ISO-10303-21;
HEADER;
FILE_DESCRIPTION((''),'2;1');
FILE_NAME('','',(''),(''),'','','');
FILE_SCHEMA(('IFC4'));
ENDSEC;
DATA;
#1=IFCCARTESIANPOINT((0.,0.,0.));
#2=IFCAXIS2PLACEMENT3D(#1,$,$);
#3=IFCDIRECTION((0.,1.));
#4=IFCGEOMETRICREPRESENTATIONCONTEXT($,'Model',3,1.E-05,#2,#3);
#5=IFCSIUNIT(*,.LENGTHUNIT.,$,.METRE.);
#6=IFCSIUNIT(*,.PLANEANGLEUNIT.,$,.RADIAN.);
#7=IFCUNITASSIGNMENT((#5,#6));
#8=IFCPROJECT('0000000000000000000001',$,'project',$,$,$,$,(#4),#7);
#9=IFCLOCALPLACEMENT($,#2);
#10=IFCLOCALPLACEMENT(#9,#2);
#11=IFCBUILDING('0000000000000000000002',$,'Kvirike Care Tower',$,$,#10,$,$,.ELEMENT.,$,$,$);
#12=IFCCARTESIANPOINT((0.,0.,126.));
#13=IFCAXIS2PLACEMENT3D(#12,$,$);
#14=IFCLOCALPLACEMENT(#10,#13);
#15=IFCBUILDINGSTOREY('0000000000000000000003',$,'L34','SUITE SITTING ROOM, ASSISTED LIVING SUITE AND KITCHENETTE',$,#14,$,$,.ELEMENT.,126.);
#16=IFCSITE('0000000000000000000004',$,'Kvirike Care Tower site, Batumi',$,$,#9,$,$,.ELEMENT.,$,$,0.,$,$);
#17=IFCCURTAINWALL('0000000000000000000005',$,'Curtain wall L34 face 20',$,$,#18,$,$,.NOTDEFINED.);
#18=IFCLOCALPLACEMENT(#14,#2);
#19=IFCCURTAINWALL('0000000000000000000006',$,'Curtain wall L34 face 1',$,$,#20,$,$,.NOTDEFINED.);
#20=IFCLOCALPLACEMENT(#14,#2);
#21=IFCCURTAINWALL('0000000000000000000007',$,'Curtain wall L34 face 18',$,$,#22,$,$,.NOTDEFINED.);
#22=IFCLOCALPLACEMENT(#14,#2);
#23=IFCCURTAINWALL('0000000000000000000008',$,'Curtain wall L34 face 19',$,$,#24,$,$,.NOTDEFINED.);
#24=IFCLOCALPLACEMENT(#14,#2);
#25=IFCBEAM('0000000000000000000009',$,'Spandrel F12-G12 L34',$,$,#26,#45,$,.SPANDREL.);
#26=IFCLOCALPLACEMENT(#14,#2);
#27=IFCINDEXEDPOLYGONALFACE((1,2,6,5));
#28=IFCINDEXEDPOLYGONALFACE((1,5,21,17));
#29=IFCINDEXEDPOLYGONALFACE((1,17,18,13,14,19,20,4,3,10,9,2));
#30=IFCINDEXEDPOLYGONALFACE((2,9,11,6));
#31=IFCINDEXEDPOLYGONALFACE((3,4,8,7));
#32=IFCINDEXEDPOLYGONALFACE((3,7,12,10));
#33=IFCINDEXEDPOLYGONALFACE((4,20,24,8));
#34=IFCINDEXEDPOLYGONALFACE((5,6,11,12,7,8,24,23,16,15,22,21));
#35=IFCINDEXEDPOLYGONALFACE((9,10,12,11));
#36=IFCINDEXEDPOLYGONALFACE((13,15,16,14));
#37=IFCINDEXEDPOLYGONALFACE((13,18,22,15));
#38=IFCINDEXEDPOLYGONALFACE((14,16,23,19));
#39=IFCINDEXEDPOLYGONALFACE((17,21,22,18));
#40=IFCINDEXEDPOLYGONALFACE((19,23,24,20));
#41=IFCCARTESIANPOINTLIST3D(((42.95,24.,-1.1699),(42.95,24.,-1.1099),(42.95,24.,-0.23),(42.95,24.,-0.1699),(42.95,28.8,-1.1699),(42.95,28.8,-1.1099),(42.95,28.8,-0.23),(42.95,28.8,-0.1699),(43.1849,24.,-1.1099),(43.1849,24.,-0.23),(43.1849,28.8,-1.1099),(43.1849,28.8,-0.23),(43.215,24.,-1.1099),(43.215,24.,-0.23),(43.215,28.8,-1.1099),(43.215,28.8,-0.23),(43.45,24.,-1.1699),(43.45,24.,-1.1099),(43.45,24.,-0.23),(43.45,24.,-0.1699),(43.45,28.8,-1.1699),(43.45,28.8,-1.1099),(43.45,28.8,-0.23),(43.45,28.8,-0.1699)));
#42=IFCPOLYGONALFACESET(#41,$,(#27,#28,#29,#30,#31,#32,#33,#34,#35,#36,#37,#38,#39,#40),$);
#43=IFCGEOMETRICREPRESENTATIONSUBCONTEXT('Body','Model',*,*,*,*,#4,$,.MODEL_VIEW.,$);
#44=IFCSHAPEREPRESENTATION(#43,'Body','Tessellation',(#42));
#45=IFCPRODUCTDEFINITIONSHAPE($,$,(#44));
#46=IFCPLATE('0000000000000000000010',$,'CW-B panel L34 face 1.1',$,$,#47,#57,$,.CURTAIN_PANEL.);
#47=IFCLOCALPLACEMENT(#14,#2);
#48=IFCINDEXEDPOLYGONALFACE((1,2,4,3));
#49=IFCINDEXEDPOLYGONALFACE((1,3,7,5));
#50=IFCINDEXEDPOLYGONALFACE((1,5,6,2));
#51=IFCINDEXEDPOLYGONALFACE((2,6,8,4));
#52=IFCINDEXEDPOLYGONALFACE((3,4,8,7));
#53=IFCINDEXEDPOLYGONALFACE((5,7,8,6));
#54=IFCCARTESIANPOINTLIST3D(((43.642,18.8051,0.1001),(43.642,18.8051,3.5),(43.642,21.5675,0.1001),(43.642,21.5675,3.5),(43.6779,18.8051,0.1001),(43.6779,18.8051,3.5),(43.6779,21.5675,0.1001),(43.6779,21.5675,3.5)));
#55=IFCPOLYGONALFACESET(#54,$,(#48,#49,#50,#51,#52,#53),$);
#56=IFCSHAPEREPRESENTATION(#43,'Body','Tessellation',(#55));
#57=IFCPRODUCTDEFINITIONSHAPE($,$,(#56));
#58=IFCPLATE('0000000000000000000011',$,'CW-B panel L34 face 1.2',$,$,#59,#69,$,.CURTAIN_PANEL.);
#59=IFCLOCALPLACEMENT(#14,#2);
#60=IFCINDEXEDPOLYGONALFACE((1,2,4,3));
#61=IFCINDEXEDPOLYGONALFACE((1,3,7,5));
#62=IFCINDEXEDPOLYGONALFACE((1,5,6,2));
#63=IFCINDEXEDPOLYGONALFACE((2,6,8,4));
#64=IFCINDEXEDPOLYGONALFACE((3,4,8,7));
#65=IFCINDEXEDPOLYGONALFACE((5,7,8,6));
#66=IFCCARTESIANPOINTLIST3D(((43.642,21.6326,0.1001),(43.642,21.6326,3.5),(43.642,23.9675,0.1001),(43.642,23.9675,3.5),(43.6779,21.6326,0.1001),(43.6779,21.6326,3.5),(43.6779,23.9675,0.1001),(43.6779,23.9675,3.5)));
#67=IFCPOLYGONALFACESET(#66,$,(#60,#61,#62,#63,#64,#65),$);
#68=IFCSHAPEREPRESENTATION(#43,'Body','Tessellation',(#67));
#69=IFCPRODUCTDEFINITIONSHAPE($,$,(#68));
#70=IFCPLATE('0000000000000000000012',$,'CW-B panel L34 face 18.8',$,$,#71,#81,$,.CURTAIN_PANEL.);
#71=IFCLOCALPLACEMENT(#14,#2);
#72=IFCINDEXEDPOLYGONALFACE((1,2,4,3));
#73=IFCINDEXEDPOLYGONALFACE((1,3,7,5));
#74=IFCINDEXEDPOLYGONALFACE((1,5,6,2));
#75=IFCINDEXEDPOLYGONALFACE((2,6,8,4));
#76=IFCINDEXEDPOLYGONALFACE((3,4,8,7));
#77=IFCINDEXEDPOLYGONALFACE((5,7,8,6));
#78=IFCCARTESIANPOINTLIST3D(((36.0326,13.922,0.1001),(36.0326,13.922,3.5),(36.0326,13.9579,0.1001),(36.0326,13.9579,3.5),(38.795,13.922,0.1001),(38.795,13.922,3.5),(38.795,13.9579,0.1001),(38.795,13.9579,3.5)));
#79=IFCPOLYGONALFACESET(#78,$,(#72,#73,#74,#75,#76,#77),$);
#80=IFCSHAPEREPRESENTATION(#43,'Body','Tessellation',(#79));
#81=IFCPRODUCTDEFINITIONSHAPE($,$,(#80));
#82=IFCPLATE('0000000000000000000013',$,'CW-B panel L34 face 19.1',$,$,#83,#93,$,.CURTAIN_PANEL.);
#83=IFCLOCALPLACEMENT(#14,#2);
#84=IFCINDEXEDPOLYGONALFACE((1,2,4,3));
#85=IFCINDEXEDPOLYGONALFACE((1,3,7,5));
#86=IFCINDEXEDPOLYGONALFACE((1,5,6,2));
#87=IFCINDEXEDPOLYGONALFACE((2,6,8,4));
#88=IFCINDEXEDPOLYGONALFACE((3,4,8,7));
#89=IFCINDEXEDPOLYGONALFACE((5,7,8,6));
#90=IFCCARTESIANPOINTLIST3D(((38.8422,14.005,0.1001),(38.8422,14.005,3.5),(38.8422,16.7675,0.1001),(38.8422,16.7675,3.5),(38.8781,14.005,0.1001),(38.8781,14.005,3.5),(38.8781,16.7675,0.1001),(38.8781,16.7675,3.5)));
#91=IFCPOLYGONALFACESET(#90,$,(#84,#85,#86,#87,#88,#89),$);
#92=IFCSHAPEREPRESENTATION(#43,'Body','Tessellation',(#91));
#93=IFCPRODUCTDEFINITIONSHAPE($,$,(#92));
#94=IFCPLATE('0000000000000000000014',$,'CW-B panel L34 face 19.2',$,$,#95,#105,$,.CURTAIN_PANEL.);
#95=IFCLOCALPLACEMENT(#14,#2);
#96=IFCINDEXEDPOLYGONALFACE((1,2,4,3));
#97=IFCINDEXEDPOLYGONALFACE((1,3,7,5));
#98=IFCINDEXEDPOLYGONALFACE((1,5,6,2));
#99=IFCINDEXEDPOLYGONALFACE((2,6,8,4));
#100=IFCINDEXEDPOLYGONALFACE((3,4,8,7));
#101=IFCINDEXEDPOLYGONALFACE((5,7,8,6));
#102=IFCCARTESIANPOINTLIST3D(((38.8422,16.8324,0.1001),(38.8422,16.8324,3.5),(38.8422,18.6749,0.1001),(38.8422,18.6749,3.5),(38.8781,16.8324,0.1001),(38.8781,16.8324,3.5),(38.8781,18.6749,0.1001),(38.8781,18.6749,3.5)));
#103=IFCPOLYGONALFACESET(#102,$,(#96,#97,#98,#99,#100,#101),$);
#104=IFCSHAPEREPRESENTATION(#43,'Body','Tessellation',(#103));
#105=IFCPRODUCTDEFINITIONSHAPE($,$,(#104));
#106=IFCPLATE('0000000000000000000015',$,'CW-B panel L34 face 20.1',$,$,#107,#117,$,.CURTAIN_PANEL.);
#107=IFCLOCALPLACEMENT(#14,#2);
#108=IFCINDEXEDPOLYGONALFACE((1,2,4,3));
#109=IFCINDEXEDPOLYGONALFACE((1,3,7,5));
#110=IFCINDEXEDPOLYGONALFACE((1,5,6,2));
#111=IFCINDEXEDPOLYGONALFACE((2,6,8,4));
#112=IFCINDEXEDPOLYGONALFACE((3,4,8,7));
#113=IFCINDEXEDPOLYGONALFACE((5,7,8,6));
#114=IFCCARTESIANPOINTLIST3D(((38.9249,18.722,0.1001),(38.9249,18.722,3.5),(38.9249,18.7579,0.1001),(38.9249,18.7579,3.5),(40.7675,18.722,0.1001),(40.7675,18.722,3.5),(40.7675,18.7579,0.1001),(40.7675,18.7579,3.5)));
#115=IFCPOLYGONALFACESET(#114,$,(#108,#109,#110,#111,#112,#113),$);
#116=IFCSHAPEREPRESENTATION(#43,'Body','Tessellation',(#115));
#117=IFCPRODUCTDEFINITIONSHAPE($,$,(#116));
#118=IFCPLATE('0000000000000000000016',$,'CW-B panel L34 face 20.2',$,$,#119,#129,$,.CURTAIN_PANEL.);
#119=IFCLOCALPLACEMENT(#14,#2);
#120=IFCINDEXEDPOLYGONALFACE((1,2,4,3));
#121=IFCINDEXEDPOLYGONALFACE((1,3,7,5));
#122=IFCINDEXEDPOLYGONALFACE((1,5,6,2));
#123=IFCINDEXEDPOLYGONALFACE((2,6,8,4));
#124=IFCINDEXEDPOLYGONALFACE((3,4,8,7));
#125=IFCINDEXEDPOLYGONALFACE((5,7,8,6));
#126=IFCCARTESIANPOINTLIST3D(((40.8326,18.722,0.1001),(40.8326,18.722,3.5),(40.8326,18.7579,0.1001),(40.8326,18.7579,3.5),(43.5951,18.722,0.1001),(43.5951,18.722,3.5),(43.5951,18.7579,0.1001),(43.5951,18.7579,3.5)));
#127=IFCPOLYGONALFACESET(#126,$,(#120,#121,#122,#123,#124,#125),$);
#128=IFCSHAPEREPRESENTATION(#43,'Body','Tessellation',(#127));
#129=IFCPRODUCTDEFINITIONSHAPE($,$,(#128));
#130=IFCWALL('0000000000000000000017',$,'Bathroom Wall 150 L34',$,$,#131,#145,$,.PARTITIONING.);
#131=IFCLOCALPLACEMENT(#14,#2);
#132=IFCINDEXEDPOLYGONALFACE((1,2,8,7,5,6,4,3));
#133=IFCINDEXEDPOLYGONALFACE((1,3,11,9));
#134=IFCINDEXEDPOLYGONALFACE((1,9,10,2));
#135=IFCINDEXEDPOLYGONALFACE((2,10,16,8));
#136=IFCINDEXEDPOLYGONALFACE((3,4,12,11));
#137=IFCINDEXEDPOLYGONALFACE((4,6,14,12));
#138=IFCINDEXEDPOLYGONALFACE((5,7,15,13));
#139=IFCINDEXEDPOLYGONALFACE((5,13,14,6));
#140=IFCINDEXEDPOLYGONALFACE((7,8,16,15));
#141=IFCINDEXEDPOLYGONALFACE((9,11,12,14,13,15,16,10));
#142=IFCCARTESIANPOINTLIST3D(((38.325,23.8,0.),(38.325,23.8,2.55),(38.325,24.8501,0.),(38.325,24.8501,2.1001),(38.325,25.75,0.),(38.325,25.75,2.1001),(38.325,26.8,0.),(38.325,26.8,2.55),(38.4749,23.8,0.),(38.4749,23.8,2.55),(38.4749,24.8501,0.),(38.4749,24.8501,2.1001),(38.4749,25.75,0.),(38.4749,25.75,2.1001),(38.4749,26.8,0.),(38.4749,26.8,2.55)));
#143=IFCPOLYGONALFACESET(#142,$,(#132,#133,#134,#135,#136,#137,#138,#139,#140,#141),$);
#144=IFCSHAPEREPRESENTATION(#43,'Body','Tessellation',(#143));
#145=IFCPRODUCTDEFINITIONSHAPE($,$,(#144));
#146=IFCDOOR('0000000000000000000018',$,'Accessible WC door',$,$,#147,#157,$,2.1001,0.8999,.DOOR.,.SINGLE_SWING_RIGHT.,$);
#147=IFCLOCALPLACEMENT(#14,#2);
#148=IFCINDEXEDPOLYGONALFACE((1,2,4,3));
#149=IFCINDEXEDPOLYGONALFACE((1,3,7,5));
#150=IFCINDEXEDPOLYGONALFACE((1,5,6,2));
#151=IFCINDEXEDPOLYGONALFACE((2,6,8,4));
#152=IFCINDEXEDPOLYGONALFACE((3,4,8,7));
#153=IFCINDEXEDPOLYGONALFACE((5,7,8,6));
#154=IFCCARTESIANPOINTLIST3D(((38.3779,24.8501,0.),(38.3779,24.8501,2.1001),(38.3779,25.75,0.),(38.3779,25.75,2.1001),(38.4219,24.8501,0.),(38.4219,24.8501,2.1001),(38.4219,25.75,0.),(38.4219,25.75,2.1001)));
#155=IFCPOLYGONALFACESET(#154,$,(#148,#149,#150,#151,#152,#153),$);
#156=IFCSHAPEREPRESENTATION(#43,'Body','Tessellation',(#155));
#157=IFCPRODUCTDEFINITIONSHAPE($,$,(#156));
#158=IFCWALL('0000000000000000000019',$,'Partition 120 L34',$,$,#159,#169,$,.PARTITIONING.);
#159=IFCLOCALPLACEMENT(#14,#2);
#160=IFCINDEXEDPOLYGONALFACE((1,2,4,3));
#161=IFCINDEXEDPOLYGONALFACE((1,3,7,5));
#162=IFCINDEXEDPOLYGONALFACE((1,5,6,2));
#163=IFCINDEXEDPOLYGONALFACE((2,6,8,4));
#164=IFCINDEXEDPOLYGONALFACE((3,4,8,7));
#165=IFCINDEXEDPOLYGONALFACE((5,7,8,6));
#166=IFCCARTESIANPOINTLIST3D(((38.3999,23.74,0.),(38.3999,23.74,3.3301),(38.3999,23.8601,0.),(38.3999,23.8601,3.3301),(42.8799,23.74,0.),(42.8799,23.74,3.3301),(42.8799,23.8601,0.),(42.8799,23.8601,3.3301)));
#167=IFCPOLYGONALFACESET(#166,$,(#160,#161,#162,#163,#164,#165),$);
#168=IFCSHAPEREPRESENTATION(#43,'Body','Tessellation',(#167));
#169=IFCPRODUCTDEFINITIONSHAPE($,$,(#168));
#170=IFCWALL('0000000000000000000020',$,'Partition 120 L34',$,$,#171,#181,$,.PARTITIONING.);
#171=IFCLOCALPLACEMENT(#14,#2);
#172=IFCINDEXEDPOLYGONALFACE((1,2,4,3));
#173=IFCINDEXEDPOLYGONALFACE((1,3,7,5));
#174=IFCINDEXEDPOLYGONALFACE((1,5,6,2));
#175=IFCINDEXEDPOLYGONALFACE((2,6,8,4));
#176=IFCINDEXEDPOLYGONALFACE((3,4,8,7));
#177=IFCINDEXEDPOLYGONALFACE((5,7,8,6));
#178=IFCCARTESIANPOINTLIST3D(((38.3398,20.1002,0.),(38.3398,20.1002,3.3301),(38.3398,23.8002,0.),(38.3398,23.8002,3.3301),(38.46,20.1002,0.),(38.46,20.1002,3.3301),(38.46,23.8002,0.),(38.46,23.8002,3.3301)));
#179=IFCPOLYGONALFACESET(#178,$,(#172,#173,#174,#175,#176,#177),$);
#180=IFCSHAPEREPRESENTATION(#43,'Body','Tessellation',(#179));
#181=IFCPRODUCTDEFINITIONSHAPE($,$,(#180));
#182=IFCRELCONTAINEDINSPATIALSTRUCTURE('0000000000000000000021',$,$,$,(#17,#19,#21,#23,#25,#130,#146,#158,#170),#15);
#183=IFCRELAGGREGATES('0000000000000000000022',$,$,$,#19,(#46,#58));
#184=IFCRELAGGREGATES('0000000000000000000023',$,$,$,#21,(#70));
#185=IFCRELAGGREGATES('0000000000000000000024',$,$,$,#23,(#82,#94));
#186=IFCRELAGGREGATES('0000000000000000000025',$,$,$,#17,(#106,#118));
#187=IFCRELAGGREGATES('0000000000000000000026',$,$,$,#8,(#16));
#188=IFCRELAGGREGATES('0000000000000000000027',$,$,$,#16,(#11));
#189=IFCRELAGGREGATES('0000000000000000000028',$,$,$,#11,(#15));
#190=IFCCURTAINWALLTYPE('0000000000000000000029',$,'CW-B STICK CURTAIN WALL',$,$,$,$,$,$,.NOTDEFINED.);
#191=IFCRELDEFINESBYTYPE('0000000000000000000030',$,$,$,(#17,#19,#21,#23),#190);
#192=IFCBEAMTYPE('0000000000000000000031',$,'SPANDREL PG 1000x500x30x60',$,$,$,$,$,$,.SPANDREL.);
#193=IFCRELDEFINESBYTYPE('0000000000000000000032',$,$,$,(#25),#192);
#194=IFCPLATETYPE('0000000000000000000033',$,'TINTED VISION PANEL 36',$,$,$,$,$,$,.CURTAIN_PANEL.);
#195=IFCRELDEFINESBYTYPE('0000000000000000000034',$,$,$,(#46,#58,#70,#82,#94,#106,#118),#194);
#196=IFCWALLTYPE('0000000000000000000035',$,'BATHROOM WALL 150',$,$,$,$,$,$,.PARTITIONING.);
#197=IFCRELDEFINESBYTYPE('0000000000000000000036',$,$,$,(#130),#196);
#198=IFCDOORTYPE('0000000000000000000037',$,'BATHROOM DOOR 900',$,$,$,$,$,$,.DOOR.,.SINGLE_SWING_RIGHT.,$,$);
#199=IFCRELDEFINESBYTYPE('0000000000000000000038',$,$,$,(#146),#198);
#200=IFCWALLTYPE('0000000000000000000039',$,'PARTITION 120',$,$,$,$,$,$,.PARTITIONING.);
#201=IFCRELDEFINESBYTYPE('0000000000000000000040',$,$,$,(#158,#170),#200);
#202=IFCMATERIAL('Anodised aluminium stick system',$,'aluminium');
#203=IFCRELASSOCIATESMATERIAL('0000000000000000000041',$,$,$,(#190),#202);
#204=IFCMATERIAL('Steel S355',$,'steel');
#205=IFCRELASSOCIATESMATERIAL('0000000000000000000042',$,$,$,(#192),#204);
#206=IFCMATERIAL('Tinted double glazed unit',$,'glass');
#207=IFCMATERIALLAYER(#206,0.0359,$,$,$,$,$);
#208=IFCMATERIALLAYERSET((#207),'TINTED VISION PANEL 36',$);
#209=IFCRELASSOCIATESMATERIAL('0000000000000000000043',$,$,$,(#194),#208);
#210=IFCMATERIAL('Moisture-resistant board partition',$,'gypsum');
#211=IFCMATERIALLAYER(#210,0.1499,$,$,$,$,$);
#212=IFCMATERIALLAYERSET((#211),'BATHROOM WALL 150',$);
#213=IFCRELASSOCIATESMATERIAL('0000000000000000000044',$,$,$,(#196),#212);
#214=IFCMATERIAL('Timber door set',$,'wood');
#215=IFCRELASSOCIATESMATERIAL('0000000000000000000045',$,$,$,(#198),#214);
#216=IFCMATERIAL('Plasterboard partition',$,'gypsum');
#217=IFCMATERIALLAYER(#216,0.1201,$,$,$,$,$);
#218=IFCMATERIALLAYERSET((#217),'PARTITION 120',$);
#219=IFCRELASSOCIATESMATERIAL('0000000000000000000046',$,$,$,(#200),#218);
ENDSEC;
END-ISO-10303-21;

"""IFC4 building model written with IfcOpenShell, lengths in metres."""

from ifc_helpers import new_model, si_unit, direction, frame, frame_2d, origin, origin_2d, place, context, subcontext, project, spatial, rectangle, i_section, extrude, material, layer, layer_set, material_profile, profile_set, type_object, element, fill, aggregate, save


model = new_model("IFC4")

# Units and contexts
model_context = context("Model", 3, precision=1e-05, world=origin(), true_north=direction((0.0, 1.0)))
body_context = subcontext(model_context, "Body", "Model", "MODEL_VIEW")
ifc_project = project(units=[si_unit("LENGTHUNIT", "METRE"), si_unit("PLANEANGLEUNIT", "RADIAN")], contexts=[model_context])

# Site, building, storey
site_placement = place(None, origin())
site = spatial("IfcSite", under=ifc_project, at=site_placement, Name="Kvirike Care Tower site, Batumi", CompositionType="ELEMENT", RefElevation=0.0)
building_placement = place(site_placement, origin())
building = spatial("IfcBuilding", under=site, at=building_placement, Name="Kvirike Care Tower", CompositionType="ELEMENT")
storey_placement = place(building_placement, frame((0.0, 0.0, 126.0)))
storey = spatial("IfcBuildingStorey", under=building, at=storey_placement, Name="L34", Description="SUITE SITTING ROOM, ASSISTED LIVING SUITE AND KITCHENETTE", CompositionType="ELEMENT", Elevation=126.0)

# Curtain wall
ifc_material_1 = material(Name="Anodised aluminium stick system", Category="aluminium")
curtain_wall_type = type_object("IfcCurtainWallType", Name="CW-B STICK CURTAIN WALL", PredefinedType="NOTDEFINED", material=ifc_material_1)
curtain_wall_1_placement = place(storey_placement, origin())
curtain_wall_1 = element("IfcCurtainWall", 1, at=curtain_wall_1_placement, inside=storey, type_object=curtain_wall_type, Name="Curtain wall L34 face 20", PredefinedType="NOTDEFINED")

# Curtain walls
curtain_wall_2_placement = place(storey_placement, origin())
curtain_wall_2 = element("IfcCurtainWall", 2, at=curtain_wall_2_placement, inside=storey, type_object=curtain_wall_type, Name="Curtain wall L34 face 1", PredefinedType="NOTDEFINED")
curtain_wall_3_placement = place(storey_placement, origin())
curtain_wall_3 = element("IfcCurtainWall", 3, at=curtain_wall_3_placement, inside=storey, type_object=curtain_wall_type, Name="Curtain wall L34 face 18", PredefinedType="NOTDEFINED")
curtain_wall_4_placement = place(storey_placement, origin())
curtain_wall_4 = element("IfcCurtainWall", 4, at=curtain_wall_4_placement, inside=storey, type_object=curtain_wall_type, Name="Curtain wall L34 face 19", PredefinedType="NOTDEFINED")

# Beam
ifc_material_2 = material(Name="Steel S355", Category="steel")
ifc_material_profile_1 = material_profile(ifc_material_2, i_section(OverallWidth=0.5, OverallDepth=1.0, WebThickness=0.03, FlangeThickness=0.0601, at=origin_2d()), Name="PG 1000x500x30x60")
ifc_profile_set_1 = profile_set([ifc_material_profile_1], Name="Steel S355")
beam_type = type_object("IfcBeamType", Name="SPANDREL PG 1000x500x30x60", PredefinedType="SPANDREL", material=ifc_profile_set_1)
for number, where, z_axis, x_axis, name in (
    (5, (43.2, 24.0, -0.6699), (0.0, 1.0, 0.0), (-1.0, 0.0, 0.0), "Spandrel F12-G12 L34"),
):
    element("IfcBeam", number, at=place(storey_placement, frame(where, z_axis=z_axis, x_axis=x_axis)), inside=storey, type_object=beam_type, Name=name, PredefinedType="SPANDREL", context=body_context, shape_type="SweptSolid", body=[
        extrude(i_section(OverallWidth=0.5, OverallDepth=1.0, WebThickness=0.03, FlangeThickness=0.0601, at=origin_2d()), origin(), (0.0, 0.0, 1.0), 4.8),
    ])

# Plates
ifc_material_3 = material(Name="Tinted double glazed unit", Category="glass")
ifc_layer_1 = layer(ifc_material_3, 0.0359)
ifc_layer_set_1 = layer_set([ifc_layer_1], Name="TINTED VISION PANEL 36")
plate_type = type_object("IfcPlateType", Name="TINTED VISION PANEL 36", PredefinedType="CURTAIN_PANEL", material=ifc_layer_set_1)
plate_1_placement = place(storey_placement, frame((43.6599, 20.1863, 0.1001), z_axis=(0.0, 0.0, 1.0), x_axis=(0.0, 1.0, 0.0)))
plate_1 = element("IfcPlate", 6, at=plate_1_placement, type_object=plate_type, Name="CW-B panel L34 face 1.1", PredefinedType="CURTAIN_PANEL", context=body_context, shape_type="SweptSolid", body=[
    extrude(rectangle(XDim=2.7625, YDim=0.0359, at=origin_2d()), origin(), (0.0, 0.0, 1.0), 3.3999),
])
plate_2_placement = place(storey_placement, frame((43.6599, 22.8, 0.1001), z_axis=(0.0, 0.0, 1.0), x_axis=(0.0, 1.0, 0.0)))
plate_2 = element("IfcPlate", 7, at=plate_2_placement, type_object=plate_type, Name="CW-B panel L34 face 1.2", PredefinedType="CURTAIN_PANEL", context=body_context, shape_type="SweptSolid", body=[
    extrude(rectangle(XDim=2.335, YDim=0.0359, at=origin_2d()), origin(), (0.0, 0.0, 1.0), 3.3999),
])
aggregate(curtain_wall_2, [plate_1, plate_2])
plate_3_placement = place(storey_placement, frame((37.4138, 13.9399, 0.1001), z_axis=(0.0, 0.0, 1.0), x_axis=(1.0, 0.0, 0.0)))
plate_3 = element("IfcPlate", 8, at=plate_3_placement, type_object=plate_type, Name="CW-B panel L34 face 18.8", PredefinedType="CURTAIN_PANEL", context=body_context, shape_type="SweptSolid", body=[
    extrude(rectangle(XDim=2.7625, YDim=0.0359, at=origin_2d()), origin(), (0.0, 0.0, 1.0), 3.3999),
])
aggregate(curtain_wall_3, [plate_3])
plate_4_placement = place(storey_placement, frame((38.8601, 15.3862, 0.1001), z_axis=(0.0, 0.0, 1.0), x_axis=(0.0, 1.0, 0.0)))
plate_4 = element("IfcPlate", 9, at=plate_4_placement, type_object=plate_type, Name="CW-B panel L34 face 19.1", PredefinedType="CURTAIN_PANEL", context=body_context, shape_type="SweptSolid", body=[
    extrude(rectangle(XDim=2.7625, YDim=0.0359, at=origin_2d()), origin(), (0.0, 0.0, 1.0), 3.3999),
])
plate_5_placement = place(storey_placement, frame((38.8601, 17.7537, 0.1001), z_axis=(0.0, 0.0, 1.0), x_axis=(0.0, 1.0, 0.0)))
plate_5 = element("IfcPlate", 10, at=plate_5_placement, type_object=plate_type, Name="CW-B panel L34 face 19.2", PredefinedType="CURTAIN_PANEL", context=body_context, shape_type="SweptSolid", body=[
    extrude(rectangle(XDim=1.8425, YDim=0.0359, at=origin_2d()), origin(), (0.0, 0.0, 1.0), 3.3999),
])
aggregate(curtain_wall_4, [plate_4, plate_5])
plate_6_placement = place(storey_placement, frame((39.8462, 18.74, 0.1001), z_axis=(0.0, 0.0, 1.0), x_axis=(1.0, 0.0, 0.0)))
plate_6 = element("IfcPlate", 11, at=plate_6_placement, type_object=plate_type, Name="CW-B panel L34 face 20.1", PredefinedType="CURTAIN_PANEL", context=body_context, shape_type="SweptSolid", body=[
    extrude(rectangle(XDim=1.8425, YDim=0.0359, at=origin_2d()), origin(), (0.0, 0.0, 1.0), 3.3999),
])
plate_7_placement = place(storey_placement, frame((42.2139, 18.74, 0.1001), z_axis=(0.0, 0.0, 1.0), x_axis=(1.0, 0.0, 0.0)))
plate_7 = element("IfcPlate", 12, at=plate_7_placement, type_object=plate_type, Name="CW-B panel L34 face 20.2", PredefinedType="CURTAIN_PANEL", context=body_context, shape_type="SweptSolid", body=[
    extrude(rectangle(XDim=2.7625, YDim=0.0359, at=origin_2d()), origin(), (0.0, 0.0, 1.0), 3.3999),
])
aggregate(curtain_wall_1, [plate_6, plate_7])

# Wall, opening, door
ifc_material_4 = material(Name="Moisture-resistant board partition", Category="gypsum")
ifc_layer_2 = layer(ifc_material_4, 0.1499)
ifc_layer_set_2 = layer_set([ifc_layer_2], Name="BATHROOM WALL 150")
wall_type_1 = type_object("IfcWallType", Name="BATHROOM WALL 150", PredefinedType="PARTITIONING", material=ifc_layer_set_2)
wall_1_placement = place(storey_placement, frame((38.3999, 23.8, 0.0), z_axis=(0.0, 0.0, 1.0), x_axis=(0.0, 1.0, 0.0)))
wall_1 = element("IfcWall", 13, at=wall_1_placement, inside=storey, type_object=wall_type_1, Name="Bathroom Wall 150 L34", PredefinedType="PARTITIONING", context=body_context, shape_type="SweptSolid", body=[
    extrude(rectangle(XDim=3.0, YDim=0.1499, at=frame_2d((1.5, 0.0))), origin(), (0.0, 0.0, 1.0), 2.55),
])
opening_placement = place(wall_1_placement, frame((1.05, 0.0, 0.0)))
opening = element("IfcOpeningElement", 14, at=opening_placement, cuts=wall_1, PredefinedType="OPENING", context=body_context, shape_type="SweptSolid", body=[
    extrude(rectangle(XDim=0.8999, YDim=2.1001, at=frame_2d((0.45, 1.05))), frame((0.0, 0.0854, 0.0), z_axis=(0.0, -1.0, 0.0), x_axis=(1.0, 0.0, 0.0)), (0.0, 0.0, 1.0), 0.1709),
])
ifc_material_5 = material(Name="Timber door set", Category="wood")
door_type = type_object("IfcDoorType", Name="BATHROOM DOOR 900", OperationType="SINGLE_SWING_RIGHT", PredefinedType="DOOR", material=ifc_material_5)
door_placement = place(opening_placement, frame((0.8999, 0.0, 0.0), z_axis=(0.0, 0.0, 1.0), x_axis=(-1.0, 0.0, 0.0)))
door = element("IfcDoor", 15, at=door_placement, inside=storey, type_object=door_type, Name="Accessible WC door", OperationType="SINGLE_SWING_RIGHT", OverallHeight=2.1001, OverallWidth=0.8999, PredefinedType="DOOR", context=body_context, shape_type="SweptSolid", body=[
    extrude(rectangle(XDim=0.8999, YDim=2.1001, at=frame_2d((0.45, 1.05))), frame((0.0, 0.022, 0.0), z_axis=(0.0, -1.0, 0.0), x_axis=(1.0, 0.0, 0.0)), (0.0, 0.0, 1.0), 0.0439),
])
fill(opening, door)

# Walls
ifc_material_6 = material(Name="Plasterboard partition", Category="gypsum")
ifc_layer_3 = layer(ifc_material_6, 0.1201)
ifc_layer_set_3 = layer_set([ifc_layer_3], Name="PARTITION 120")
wall_type_2 = type_object("IfcWallType", Name="PARTITION 120", PredefinedType="PARTITIONING", material=ifc_layer_set_3)
wall_2_placement = place(storey_placement, frame((38.3999, 23.8, 0.0), z_axis=(0.0, 0.0, 1.0), x_axis=(1.0, 0.0, 0.0)))
element("IfcWall", 16, at=wall_2_placement, inside=storey, type_object=wall_type_2, Name="Partition 120 L34", PredefinedType="PARTITIONING", context=body_context, shape_type="SweptSolid", body=[
    extrude(rectangle(XDim=4.48, YDim=0.1201, at=frame_2d((2.24, 0.0))), origin(), (0.0, 0.0, 1.0), 3.3301),
])
wall_3_placement = place(storey_placement, frame((38.3999, 20.1001, 0.0), z_axis=(0.0, 0.0, 1.0), x_axis=(0.0, 1.0, 0.0)))
element("IfcWall", 17, at=wall_3_placement, inside=storey, type_object=wall_type_2, Name="Partition 120 L34", PredefinedType="PARTITIONING", context=body_context, shape_type="SweptSolid", body=[
    extrude(rectangle(XDim=3.7, YDim=0.1201, at=frame_2d((1.8501, 0.0))), origin(), (0.0, 0.0, 1.0), 3.3301),
])

save(model, "model.ifc")
